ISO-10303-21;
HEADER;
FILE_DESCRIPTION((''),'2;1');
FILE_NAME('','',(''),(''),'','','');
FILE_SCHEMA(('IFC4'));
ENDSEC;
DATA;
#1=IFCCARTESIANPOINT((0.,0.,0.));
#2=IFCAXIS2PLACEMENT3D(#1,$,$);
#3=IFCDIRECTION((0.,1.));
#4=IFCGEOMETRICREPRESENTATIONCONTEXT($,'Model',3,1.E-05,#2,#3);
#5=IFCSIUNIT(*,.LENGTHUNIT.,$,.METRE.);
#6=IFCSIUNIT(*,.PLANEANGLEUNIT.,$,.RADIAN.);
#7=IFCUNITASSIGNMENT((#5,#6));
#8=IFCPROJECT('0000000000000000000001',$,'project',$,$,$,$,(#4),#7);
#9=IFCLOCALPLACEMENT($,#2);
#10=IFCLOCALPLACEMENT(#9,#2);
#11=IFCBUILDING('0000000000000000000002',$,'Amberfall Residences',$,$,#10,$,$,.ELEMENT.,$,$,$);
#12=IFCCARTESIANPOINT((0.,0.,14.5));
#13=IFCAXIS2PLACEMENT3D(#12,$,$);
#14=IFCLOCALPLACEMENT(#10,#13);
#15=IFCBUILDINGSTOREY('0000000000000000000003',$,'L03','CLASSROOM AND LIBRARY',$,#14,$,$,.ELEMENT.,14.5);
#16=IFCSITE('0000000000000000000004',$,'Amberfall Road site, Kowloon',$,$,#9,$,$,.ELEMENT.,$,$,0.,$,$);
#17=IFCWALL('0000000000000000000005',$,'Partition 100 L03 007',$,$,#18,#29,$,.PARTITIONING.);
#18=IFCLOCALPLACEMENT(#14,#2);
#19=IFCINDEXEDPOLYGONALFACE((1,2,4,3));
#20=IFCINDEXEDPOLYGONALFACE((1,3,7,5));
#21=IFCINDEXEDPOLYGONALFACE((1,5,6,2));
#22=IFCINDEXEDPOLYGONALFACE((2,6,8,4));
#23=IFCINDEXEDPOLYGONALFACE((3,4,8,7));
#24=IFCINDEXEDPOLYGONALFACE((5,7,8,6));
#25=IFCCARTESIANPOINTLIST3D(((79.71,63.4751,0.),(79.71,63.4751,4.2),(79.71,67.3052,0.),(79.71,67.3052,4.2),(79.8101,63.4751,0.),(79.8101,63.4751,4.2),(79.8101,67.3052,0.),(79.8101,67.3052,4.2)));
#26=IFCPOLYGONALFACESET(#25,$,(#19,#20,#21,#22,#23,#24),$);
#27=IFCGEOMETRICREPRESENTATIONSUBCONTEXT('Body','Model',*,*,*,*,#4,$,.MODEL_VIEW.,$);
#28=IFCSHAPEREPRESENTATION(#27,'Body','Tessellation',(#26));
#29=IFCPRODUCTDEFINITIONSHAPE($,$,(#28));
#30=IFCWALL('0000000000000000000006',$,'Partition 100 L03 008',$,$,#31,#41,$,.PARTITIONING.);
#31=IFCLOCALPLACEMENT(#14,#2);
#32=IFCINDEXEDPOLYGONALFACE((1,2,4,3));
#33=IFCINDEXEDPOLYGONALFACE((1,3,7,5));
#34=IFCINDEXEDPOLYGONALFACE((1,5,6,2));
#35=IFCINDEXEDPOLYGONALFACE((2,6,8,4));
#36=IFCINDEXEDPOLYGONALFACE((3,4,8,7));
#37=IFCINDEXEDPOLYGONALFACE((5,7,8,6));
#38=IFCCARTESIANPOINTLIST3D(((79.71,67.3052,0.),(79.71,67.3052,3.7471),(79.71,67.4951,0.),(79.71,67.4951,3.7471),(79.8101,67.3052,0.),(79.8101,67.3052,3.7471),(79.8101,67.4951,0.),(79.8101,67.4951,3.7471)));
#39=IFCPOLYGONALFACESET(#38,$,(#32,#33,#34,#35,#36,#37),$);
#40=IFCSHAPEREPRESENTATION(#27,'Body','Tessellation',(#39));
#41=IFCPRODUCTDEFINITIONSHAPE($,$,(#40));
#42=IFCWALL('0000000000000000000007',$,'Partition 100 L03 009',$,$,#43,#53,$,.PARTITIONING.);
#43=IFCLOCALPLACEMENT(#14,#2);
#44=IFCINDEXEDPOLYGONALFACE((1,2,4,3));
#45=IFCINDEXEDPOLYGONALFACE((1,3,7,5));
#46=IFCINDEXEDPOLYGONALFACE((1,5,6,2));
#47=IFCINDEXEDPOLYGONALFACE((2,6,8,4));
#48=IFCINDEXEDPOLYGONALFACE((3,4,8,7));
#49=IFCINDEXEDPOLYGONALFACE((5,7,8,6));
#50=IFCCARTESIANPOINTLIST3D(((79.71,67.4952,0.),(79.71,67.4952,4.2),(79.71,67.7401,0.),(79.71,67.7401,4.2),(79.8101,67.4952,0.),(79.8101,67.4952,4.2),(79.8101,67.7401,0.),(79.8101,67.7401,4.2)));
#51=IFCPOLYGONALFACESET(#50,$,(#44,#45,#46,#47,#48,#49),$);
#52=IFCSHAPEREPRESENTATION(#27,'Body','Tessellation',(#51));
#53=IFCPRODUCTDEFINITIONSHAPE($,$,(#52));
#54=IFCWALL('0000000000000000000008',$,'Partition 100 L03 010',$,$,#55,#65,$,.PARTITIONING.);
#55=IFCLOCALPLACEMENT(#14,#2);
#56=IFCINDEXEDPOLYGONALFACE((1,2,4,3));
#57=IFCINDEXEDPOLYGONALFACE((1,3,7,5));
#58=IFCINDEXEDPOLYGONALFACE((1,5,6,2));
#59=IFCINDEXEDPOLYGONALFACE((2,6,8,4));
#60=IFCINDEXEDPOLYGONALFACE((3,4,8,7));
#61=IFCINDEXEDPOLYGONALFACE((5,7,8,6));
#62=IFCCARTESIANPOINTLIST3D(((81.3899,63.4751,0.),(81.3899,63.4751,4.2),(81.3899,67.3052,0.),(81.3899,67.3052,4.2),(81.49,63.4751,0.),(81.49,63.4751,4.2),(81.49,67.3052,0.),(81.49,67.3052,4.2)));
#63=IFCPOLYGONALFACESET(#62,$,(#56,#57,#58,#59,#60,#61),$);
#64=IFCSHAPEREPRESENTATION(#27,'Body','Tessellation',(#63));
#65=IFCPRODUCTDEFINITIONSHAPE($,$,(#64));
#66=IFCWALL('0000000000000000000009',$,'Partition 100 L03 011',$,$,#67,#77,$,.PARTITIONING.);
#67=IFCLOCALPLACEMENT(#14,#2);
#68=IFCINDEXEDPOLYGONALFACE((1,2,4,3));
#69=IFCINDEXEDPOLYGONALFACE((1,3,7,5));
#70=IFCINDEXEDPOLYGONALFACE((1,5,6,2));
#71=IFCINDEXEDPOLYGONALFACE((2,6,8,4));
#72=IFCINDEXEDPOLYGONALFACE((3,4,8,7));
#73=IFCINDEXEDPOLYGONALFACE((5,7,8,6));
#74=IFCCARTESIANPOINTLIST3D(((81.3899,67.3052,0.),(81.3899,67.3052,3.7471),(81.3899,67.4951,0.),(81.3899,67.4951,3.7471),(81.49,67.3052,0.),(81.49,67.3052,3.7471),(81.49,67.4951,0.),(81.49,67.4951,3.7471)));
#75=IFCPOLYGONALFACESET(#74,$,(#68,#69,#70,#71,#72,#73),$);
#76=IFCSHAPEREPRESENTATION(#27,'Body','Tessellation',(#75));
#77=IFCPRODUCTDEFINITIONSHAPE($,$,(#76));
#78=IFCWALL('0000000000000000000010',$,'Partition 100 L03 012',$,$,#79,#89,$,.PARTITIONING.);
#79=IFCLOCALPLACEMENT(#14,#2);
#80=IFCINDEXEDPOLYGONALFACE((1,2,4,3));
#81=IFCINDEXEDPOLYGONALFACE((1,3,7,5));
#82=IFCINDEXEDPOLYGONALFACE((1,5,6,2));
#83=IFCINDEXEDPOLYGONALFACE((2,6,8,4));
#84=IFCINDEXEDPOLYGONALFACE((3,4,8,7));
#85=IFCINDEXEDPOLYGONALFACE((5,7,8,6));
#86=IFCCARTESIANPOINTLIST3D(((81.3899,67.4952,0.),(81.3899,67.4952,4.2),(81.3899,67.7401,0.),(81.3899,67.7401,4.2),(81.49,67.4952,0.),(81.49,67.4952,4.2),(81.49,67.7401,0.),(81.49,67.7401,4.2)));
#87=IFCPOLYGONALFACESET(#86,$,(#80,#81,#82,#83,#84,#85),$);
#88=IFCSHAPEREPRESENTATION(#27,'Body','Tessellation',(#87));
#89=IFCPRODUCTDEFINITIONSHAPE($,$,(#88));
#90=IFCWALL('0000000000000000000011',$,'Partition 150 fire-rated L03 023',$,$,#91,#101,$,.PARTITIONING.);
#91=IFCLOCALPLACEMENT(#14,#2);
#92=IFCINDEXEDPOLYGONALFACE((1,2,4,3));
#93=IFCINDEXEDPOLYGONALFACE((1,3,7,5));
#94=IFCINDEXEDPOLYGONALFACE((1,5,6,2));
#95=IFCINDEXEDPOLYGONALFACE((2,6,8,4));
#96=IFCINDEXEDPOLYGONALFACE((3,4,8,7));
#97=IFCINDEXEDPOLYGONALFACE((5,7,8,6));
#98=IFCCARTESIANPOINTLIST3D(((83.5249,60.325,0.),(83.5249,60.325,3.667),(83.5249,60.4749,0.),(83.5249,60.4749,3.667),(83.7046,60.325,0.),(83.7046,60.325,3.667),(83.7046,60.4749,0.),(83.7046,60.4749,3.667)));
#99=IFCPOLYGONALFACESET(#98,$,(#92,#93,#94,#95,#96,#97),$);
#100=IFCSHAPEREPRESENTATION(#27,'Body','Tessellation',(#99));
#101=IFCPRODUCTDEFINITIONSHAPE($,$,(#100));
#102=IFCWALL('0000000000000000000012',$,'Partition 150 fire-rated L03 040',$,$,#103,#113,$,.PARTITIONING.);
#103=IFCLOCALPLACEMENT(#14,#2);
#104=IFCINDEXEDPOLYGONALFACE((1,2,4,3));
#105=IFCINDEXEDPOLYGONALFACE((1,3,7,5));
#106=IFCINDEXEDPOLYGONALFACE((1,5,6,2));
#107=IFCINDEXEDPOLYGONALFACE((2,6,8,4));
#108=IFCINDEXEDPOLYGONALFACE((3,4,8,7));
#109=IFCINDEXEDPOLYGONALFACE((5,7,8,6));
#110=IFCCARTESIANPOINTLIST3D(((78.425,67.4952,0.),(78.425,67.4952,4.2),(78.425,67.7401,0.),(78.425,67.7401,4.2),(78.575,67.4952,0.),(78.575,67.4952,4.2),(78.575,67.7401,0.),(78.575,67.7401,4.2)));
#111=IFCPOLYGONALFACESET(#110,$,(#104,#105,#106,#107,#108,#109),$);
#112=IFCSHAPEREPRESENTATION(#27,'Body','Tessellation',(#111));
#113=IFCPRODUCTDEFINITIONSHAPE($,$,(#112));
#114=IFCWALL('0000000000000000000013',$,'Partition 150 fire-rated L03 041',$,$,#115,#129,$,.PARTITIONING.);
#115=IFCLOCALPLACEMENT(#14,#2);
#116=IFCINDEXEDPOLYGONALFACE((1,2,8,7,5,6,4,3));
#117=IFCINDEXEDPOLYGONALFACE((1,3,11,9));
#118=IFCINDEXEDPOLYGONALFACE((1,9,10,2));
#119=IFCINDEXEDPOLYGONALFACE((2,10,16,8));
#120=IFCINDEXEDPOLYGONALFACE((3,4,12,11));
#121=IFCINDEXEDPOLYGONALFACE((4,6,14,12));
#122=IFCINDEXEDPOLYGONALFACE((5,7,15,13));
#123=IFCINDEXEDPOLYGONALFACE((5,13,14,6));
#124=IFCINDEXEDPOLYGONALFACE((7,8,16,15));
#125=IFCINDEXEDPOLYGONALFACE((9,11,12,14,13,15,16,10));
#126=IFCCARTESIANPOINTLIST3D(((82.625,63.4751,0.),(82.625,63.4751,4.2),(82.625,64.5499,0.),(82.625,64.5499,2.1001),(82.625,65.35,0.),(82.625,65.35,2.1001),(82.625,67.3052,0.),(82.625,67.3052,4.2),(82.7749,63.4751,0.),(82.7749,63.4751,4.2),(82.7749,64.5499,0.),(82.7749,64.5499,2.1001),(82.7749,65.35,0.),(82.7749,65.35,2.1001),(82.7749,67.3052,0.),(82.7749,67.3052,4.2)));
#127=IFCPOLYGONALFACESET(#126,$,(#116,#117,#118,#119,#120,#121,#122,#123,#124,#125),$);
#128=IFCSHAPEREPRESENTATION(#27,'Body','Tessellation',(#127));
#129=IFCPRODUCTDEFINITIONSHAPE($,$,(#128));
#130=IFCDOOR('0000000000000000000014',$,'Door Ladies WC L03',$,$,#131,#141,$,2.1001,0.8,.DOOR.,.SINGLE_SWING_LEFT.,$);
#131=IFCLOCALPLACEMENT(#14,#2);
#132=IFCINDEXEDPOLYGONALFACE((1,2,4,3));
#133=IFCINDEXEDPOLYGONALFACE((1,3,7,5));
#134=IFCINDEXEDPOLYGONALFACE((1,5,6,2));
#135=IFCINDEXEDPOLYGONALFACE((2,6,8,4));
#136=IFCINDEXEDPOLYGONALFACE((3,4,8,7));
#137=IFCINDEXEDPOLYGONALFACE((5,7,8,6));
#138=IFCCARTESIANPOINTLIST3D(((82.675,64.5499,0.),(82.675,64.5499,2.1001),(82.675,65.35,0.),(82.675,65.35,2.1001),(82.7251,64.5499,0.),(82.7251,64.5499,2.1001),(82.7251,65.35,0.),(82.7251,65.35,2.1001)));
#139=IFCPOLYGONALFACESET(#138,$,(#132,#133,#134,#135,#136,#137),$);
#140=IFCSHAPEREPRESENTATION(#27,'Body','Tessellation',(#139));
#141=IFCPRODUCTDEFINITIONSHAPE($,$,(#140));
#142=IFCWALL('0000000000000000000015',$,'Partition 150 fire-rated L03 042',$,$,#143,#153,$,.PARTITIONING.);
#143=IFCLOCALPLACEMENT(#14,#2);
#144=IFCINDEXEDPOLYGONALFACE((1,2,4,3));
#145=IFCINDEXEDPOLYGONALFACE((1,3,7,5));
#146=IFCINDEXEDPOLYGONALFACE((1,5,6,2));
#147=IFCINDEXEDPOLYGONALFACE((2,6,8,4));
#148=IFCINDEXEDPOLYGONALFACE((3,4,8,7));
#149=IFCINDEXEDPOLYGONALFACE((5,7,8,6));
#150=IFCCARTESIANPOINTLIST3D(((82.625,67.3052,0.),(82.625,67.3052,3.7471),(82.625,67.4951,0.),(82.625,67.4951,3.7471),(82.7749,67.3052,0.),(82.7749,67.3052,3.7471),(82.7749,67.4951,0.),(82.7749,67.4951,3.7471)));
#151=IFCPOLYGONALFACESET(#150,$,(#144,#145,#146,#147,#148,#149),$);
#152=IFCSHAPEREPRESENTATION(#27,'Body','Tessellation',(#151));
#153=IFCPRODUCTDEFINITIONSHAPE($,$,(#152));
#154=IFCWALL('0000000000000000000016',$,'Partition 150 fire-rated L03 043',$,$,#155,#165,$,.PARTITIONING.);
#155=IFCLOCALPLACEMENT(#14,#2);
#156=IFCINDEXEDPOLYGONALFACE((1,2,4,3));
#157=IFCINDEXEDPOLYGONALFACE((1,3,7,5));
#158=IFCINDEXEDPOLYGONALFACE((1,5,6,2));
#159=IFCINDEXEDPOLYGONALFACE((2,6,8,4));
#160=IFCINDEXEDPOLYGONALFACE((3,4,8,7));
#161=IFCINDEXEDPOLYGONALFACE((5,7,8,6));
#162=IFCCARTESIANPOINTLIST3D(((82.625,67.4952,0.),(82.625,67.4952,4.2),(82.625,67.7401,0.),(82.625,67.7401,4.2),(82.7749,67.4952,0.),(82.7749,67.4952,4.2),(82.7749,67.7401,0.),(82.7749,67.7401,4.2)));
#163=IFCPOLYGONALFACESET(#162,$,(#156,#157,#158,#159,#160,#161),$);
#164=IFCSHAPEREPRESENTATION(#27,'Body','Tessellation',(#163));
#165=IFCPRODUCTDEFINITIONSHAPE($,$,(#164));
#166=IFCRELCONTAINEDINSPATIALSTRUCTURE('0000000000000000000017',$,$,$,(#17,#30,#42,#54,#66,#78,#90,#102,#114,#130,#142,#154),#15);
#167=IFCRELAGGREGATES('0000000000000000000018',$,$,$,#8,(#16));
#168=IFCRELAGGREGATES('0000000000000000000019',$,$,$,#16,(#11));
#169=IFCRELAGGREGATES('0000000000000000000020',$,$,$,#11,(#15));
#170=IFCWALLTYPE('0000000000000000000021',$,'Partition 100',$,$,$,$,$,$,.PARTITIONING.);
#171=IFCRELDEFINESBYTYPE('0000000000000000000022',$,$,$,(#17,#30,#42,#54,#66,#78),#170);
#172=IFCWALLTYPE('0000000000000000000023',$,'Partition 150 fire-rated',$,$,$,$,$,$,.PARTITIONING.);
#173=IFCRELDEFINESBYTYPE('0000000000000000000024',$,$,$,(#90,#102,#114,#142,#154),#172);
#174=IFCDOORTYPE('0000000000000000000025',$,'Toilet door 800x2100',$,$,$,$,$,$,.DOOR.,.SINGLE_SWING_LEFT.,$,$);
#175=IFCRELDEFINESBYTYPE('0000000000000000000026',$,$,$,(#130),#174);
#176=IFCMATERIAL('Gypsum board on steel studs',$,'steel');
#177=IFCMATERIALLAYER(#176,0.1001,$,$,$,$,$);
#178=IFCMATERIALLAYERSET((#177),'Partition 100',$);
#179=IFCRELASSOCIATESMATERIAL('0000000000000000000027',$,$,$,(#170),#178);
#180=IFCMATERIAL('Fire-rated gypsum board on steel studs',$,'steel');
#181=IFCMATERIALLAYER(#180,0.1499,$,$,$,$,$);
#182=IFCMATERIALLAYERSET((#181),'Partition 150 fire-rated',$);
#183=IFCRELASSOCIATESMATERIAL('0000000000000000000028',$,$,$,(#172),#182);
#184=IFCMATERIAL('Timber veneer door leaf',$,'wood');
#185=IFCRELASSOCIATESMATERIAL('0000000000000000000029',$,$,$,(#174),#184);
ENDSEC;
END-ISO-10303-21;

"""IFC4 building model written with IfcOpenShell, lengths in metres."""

from ifc_helpers import new_model, si_unit, direction, frame, frame_2d, origin, place, context, subcontext, project, spatial, rectangle, extrude, material, layer, layer_set, type_object, element, fill, save


model = new_model("IFC4")

# Units and contexts
model_context = context("Model", 3, precision=1e-05, world=origin(), true_north=direction((0.0, 1.0)))
body_context = subcontext(model_context, "Body", "Model", "MODEL_VIEW")
ifc_project = project(units=[si_unit("LENGTHUNIT", "METRE"), si_unit("PLANEANGLEUNIT", "RADIAN")], contexts=[model_context])

# Site, building, storey
site_placement = place(None, origin())
site = spatial("IfcSite", under=ifc_project, at=site_placement, Name="Amberfall Road site, Kowloon", CompositionType="ELEMENT", RefElevation=0.0)
building_placement = place(site_placement, origin())
building = spatial("IfcBuilding", under=site, at=building_placement, Name="Amberfall Residences", CompositionType="ELEMENT")
storey_placement = place(building_placement, frame((0.0, 0.0, 14.5)))
storey = spatial("IfcBuildingStorey", under=building, at=storey_placement, Name="L03", Description="CLASSROOM AND LIBRARY", CompositionType="ELEMENT", Elevation=14.5)

# Walls
ifc_material_1 = material(Name="Gypsum board on steel studs", Category="steel")
ifc_layer_1 = layer(ifc_material_1, 0.1001)
ifc_layer_set_1 = layer_set([ifc_layer_1], Name="Partition 100")
wall_type_1 = type_object("IfcWallType", Name="Partition 100", PredefinedType="PARTITIONING", material=ifc_layer_set_1)
wall_1_placement = place(storey_placement, frame((79.76, 63.4751, 0.0), z_axis=(0.0, 0.0, 1.0), x_axis=(0.0, 1.0, 0.0)))
element("IfcWall", 1, at=wall_1_placement, inside=storey, type_object=wall_type_1, Name="Partition 100 L03 007", PredefinedType="PARTITIONING", context=body_context, shape_type="SweptSolid", body=[
    extrude(rectangle(XDim=3.8301, YDim=0.1001, at=frame_2d((1.915, 0.0))), origin(), (0.0, 0.0, 1.0), 4.2),
])
wall_2_placement = place(storey_placement, frame((79.76, 67.3052, 0.0), z_axis=(0.0, 0.0, 1.0), x_axis=(0.0, 1.0, 0.0)))
element("IfcWall", 2, at=wall_2_placement, inside=storey, type_object=wall_type_1, Name="Partition 100 L03 008", PredefinedType="PARTITIONING", context=body_context, shape_type="SweptSolid", body=[
    extrude(rectangle(XDim=0.1899, YDim=0.1001, at=frame_2d((0.095, 0.0))), origin(), (0.0, 0.0, 1.0), 3.7471),
])
wall_3_placement = place(storey_placement, frame((79.76, 67.4951, 0.0), z_axis=(0.0, 0.0, 1.0), x_axis=(0.0, 1.0, 0.0)))
element("IfcWall", 3, at=wall_3_placement, inside=storey, type_object=wall_type_1, Name="Partition 100 L03 009", PredefinedType="PARTITIONING", context=body_context, shape_type="SweptSolid", body=[
    extrude(rectangle(XDim=0.2449, YDim=0.1001, at=frame_2d((0.1226, 0.0))), origin(), (0.0, 0.0, 1.0), 4.2),
])
wall_4_placement = place(storey_placement, frame((81.4399, 63.4751, 0.0), z_axis=(0.0, 0.0, 1.0), x_axis=(0.0, 1.0, 0.0)))
element("IfcWall", 4, at=wall_4_placement, inside=storey, type_object=wall_type_1, Name="Partition 100 L03 010", PredefinedType="PARTITIONING", context=body_context, shape_type="SweptSolid", body=[
    extrude(rectangle(XDim=3.8301, YDim=0.1001, at=frame_2d((1.915, 0.0))), origin(), (0.0, 0.0, 1.0), 4.2),
])
wall_5_placement = place(storey_placement, frame((81.4399, 67.3052, 0.0), z_axis=(0.0, 0.0, 1.0), x_axis=(0.0, 1.0, 0.0)))
element("IfcWall", 5, at=wall_5_placement, inside=storey, type_object=wall_type_1, Name="Partition 100 L03 011", PredefinedType="PARTITIONING", context=body_context, shape_type="SweptSolid", body=[
    extrude(rectangle(XDim=0.1899, YDim=0.1001, at=frame_2d((0.095, 0.0))), origin(), (0.0, 0.0, 1.0), 3.7471),
])
wall_6_placement = place(storey_placement, frame((81.4399, 67.4951, 0.0), z_axis=(0.0, 0.0, 1.0), x_axis=(0.0, 1.0, 0.0)))
element("IfcWall", 6, at=wall_6_placement, inside=storey, type_object=wall_type_1, Name="Partition 100 L03 012", PredefinedType="PARTITIONING", context=body_context, shape_type="SweptSolid", body=[
    extrude(rectangle(XDim=0.2449, YDim=0.1001, at=frame_2d((0.1226, 0.0))), origin(), (0.0, 0.0, 1.0), 4.2),
])
ifc_material_2 = material(Name="Fire-rated gypsum board on steel studs", Category="steel")
ifc_layer_2 = layer(ifc_material_2, 0.1499)
ifc_layer_set_2 = layer_set([ifc_layer_2], Name="Partition 150 fire-rated")
wall_type_2 = type_object("IfcWallType", Name="Partition 150 fire-rated", PredefinedType="PARTITIONING", material=ifc_layer_set_2)
wall_7_placement = place(storey_placement, frame((83.5249, 60.3999, 0.0), z_axis=(0.0, 0.0, 1.0), x_axis=(1.0, 0.0, 0.0)))
element("IfcWall", 7, at=wall_7_placement, inside=storey, type_object=wall_type_2, Name="Partition 150 fire-rated L03 023", PredefinedType="PARTITIONING", context=body_context, shape_type="SweptSolid", body=[
    extrude(rectangle(XDim=0.1797, YDim=0.1499, at=frame_2d((0.0898, 0.0))), origin(), (0.0, 0.0, 1.0), 3.667),
])
wall_8_placement = place(storey_placement, frame((78.5, 67.4951, 0.0), z_axis=(0.0, 0.0, 1.0), x_axis=(0.0, 1.0, 0.0)))
element("IfcWall", 8, at=wall_8_placement, inside=storey, type_object=wall_type_2, Name="Partition 150 fire-rated L03 040", PredefinedType="PARTITIONING", context=body_context, shape_type="SweptSolid", body=[
    extrude(rectangle(XDim=0.2449, YDim=0.1499, at=frame_2d((0.1226, 0.0))), origin(), (0.0, 0.0, 1.0), 4.2),
])

# Wall, opening, door
wall_9_placement = place(storey_placement, frame((82.7, 63.4751, 0.0), z_axis=(0.0, 0.0, 1.0), x_axis=(0.0, 1.0, 0.0)))
wall_9 = element("IfcWall", 9, at=wall_9_placement, inside=storey, type_object=wall_type_2, Name="Partition 150 fire-rated L03 041", PredefinedType="PARTITIONING", context=body_context, shape_type="SweptSolid", body=[
    extrude(rectangle(XDim=3.8301, YDim=0.1499, at=frame_2d((1.915, 0.0))), origin(), (0.0, 0.0, 1.0), 4.2),
])
opening_placement = place(wall_9_placement, frame((1.075, 0.0, 0.0)))
opening = element("IfcOpeningElement", 10, at=opening_placement, cuts=wall_9, PredefinedType="OPENING", context=body_context, shape_type="SweptSolid", body=[
    extrude(rectangle(XDim=0.8, YDim=2.1001, at=frame_2d((0.3999, 1.05))), frame((0.0, 0.085, 0.0), z_axis=(0.0, -1.0, 0.0), x_axis=(1.0, 0.0, 0.0)), (0.0, 0.0, 1.0), 0.1699),
])
ifc_material_3 = material(Name="Timber veneer door leaf", Category="wood")
door_type = type_object("IfcDoorType", Name="Toilet door 800x2100", OperationType="SINGLE_SWING_LEFT", PredefinedType="DOOR", material=ifc_material_3)
door_placement = place(opening_placement, origin())
door = element("IfcDoor", 11, at=door_placement, inside=storey, type_object=door_type, Name="Door Ladies WC L03", OperationType="SINGLE_SWING_LEFT", OverallHeight=2.1001, OverallWidth=0.8, PredefinedType="DOOR", context=body_context, shape_type="SweptSolid", body=[
    extrude(rectangle(XDim=0.8, YDim=2.1001, at=frame_2d((0.3999, 1.05))), frame((0.0, 0.0249, 0.0), z_axis=(0.0, -1.0, 0.0), x_axis=(1.0, 0.0, 0.0)), (0.0, 0.0, 1.0), 0.05),
])
fill(opening, door)

# Walls
wall_10_placement = place(storey_placement, frame((82.7, 67.3052, 0.0), z_axis=(0.0, 0.0, 1.0), x_axis=(0.0, 1.0, 0.0)))
element("IfcWall", 12, at=wall_10_placement, inside=storey, type_object=wall_type_2, Name="Partition 150 fire-rated L03 042", PredefinedType="PARTITIONING", context=body_context, shape_type="SweptSolid", body=[
    extrude(rectangle(XDim=0.1899, YDim=0.1499, at=frame_2d((0.095, 0.0))), origin(), (0.0, 0.0, 1.0), 3.7471),
])
wall_11_placement = place(storey_placement, frame((82.7, 67.4951, 0.0), z_axis=(0.0, 0.0, 1.0), x_axis=(0.0, 1.0, 0.0)))
element("IfcWall", 13, at=wall_11_placement, inside=storey, type_object=wall_type_2, Name="Partition 150 fire-rated L03 043", PredefinedType="PARTITIONING", context=body_context, shape_type="SweptSolid", body=[
    extrude(rectangle(XDim=0.2449, YDim=0.1499, at=frame_2d((0.1226, 0.0))), origin(), (0.0, 0.0, 1.0), 4.2),
])

save(model, "model.ifc")
